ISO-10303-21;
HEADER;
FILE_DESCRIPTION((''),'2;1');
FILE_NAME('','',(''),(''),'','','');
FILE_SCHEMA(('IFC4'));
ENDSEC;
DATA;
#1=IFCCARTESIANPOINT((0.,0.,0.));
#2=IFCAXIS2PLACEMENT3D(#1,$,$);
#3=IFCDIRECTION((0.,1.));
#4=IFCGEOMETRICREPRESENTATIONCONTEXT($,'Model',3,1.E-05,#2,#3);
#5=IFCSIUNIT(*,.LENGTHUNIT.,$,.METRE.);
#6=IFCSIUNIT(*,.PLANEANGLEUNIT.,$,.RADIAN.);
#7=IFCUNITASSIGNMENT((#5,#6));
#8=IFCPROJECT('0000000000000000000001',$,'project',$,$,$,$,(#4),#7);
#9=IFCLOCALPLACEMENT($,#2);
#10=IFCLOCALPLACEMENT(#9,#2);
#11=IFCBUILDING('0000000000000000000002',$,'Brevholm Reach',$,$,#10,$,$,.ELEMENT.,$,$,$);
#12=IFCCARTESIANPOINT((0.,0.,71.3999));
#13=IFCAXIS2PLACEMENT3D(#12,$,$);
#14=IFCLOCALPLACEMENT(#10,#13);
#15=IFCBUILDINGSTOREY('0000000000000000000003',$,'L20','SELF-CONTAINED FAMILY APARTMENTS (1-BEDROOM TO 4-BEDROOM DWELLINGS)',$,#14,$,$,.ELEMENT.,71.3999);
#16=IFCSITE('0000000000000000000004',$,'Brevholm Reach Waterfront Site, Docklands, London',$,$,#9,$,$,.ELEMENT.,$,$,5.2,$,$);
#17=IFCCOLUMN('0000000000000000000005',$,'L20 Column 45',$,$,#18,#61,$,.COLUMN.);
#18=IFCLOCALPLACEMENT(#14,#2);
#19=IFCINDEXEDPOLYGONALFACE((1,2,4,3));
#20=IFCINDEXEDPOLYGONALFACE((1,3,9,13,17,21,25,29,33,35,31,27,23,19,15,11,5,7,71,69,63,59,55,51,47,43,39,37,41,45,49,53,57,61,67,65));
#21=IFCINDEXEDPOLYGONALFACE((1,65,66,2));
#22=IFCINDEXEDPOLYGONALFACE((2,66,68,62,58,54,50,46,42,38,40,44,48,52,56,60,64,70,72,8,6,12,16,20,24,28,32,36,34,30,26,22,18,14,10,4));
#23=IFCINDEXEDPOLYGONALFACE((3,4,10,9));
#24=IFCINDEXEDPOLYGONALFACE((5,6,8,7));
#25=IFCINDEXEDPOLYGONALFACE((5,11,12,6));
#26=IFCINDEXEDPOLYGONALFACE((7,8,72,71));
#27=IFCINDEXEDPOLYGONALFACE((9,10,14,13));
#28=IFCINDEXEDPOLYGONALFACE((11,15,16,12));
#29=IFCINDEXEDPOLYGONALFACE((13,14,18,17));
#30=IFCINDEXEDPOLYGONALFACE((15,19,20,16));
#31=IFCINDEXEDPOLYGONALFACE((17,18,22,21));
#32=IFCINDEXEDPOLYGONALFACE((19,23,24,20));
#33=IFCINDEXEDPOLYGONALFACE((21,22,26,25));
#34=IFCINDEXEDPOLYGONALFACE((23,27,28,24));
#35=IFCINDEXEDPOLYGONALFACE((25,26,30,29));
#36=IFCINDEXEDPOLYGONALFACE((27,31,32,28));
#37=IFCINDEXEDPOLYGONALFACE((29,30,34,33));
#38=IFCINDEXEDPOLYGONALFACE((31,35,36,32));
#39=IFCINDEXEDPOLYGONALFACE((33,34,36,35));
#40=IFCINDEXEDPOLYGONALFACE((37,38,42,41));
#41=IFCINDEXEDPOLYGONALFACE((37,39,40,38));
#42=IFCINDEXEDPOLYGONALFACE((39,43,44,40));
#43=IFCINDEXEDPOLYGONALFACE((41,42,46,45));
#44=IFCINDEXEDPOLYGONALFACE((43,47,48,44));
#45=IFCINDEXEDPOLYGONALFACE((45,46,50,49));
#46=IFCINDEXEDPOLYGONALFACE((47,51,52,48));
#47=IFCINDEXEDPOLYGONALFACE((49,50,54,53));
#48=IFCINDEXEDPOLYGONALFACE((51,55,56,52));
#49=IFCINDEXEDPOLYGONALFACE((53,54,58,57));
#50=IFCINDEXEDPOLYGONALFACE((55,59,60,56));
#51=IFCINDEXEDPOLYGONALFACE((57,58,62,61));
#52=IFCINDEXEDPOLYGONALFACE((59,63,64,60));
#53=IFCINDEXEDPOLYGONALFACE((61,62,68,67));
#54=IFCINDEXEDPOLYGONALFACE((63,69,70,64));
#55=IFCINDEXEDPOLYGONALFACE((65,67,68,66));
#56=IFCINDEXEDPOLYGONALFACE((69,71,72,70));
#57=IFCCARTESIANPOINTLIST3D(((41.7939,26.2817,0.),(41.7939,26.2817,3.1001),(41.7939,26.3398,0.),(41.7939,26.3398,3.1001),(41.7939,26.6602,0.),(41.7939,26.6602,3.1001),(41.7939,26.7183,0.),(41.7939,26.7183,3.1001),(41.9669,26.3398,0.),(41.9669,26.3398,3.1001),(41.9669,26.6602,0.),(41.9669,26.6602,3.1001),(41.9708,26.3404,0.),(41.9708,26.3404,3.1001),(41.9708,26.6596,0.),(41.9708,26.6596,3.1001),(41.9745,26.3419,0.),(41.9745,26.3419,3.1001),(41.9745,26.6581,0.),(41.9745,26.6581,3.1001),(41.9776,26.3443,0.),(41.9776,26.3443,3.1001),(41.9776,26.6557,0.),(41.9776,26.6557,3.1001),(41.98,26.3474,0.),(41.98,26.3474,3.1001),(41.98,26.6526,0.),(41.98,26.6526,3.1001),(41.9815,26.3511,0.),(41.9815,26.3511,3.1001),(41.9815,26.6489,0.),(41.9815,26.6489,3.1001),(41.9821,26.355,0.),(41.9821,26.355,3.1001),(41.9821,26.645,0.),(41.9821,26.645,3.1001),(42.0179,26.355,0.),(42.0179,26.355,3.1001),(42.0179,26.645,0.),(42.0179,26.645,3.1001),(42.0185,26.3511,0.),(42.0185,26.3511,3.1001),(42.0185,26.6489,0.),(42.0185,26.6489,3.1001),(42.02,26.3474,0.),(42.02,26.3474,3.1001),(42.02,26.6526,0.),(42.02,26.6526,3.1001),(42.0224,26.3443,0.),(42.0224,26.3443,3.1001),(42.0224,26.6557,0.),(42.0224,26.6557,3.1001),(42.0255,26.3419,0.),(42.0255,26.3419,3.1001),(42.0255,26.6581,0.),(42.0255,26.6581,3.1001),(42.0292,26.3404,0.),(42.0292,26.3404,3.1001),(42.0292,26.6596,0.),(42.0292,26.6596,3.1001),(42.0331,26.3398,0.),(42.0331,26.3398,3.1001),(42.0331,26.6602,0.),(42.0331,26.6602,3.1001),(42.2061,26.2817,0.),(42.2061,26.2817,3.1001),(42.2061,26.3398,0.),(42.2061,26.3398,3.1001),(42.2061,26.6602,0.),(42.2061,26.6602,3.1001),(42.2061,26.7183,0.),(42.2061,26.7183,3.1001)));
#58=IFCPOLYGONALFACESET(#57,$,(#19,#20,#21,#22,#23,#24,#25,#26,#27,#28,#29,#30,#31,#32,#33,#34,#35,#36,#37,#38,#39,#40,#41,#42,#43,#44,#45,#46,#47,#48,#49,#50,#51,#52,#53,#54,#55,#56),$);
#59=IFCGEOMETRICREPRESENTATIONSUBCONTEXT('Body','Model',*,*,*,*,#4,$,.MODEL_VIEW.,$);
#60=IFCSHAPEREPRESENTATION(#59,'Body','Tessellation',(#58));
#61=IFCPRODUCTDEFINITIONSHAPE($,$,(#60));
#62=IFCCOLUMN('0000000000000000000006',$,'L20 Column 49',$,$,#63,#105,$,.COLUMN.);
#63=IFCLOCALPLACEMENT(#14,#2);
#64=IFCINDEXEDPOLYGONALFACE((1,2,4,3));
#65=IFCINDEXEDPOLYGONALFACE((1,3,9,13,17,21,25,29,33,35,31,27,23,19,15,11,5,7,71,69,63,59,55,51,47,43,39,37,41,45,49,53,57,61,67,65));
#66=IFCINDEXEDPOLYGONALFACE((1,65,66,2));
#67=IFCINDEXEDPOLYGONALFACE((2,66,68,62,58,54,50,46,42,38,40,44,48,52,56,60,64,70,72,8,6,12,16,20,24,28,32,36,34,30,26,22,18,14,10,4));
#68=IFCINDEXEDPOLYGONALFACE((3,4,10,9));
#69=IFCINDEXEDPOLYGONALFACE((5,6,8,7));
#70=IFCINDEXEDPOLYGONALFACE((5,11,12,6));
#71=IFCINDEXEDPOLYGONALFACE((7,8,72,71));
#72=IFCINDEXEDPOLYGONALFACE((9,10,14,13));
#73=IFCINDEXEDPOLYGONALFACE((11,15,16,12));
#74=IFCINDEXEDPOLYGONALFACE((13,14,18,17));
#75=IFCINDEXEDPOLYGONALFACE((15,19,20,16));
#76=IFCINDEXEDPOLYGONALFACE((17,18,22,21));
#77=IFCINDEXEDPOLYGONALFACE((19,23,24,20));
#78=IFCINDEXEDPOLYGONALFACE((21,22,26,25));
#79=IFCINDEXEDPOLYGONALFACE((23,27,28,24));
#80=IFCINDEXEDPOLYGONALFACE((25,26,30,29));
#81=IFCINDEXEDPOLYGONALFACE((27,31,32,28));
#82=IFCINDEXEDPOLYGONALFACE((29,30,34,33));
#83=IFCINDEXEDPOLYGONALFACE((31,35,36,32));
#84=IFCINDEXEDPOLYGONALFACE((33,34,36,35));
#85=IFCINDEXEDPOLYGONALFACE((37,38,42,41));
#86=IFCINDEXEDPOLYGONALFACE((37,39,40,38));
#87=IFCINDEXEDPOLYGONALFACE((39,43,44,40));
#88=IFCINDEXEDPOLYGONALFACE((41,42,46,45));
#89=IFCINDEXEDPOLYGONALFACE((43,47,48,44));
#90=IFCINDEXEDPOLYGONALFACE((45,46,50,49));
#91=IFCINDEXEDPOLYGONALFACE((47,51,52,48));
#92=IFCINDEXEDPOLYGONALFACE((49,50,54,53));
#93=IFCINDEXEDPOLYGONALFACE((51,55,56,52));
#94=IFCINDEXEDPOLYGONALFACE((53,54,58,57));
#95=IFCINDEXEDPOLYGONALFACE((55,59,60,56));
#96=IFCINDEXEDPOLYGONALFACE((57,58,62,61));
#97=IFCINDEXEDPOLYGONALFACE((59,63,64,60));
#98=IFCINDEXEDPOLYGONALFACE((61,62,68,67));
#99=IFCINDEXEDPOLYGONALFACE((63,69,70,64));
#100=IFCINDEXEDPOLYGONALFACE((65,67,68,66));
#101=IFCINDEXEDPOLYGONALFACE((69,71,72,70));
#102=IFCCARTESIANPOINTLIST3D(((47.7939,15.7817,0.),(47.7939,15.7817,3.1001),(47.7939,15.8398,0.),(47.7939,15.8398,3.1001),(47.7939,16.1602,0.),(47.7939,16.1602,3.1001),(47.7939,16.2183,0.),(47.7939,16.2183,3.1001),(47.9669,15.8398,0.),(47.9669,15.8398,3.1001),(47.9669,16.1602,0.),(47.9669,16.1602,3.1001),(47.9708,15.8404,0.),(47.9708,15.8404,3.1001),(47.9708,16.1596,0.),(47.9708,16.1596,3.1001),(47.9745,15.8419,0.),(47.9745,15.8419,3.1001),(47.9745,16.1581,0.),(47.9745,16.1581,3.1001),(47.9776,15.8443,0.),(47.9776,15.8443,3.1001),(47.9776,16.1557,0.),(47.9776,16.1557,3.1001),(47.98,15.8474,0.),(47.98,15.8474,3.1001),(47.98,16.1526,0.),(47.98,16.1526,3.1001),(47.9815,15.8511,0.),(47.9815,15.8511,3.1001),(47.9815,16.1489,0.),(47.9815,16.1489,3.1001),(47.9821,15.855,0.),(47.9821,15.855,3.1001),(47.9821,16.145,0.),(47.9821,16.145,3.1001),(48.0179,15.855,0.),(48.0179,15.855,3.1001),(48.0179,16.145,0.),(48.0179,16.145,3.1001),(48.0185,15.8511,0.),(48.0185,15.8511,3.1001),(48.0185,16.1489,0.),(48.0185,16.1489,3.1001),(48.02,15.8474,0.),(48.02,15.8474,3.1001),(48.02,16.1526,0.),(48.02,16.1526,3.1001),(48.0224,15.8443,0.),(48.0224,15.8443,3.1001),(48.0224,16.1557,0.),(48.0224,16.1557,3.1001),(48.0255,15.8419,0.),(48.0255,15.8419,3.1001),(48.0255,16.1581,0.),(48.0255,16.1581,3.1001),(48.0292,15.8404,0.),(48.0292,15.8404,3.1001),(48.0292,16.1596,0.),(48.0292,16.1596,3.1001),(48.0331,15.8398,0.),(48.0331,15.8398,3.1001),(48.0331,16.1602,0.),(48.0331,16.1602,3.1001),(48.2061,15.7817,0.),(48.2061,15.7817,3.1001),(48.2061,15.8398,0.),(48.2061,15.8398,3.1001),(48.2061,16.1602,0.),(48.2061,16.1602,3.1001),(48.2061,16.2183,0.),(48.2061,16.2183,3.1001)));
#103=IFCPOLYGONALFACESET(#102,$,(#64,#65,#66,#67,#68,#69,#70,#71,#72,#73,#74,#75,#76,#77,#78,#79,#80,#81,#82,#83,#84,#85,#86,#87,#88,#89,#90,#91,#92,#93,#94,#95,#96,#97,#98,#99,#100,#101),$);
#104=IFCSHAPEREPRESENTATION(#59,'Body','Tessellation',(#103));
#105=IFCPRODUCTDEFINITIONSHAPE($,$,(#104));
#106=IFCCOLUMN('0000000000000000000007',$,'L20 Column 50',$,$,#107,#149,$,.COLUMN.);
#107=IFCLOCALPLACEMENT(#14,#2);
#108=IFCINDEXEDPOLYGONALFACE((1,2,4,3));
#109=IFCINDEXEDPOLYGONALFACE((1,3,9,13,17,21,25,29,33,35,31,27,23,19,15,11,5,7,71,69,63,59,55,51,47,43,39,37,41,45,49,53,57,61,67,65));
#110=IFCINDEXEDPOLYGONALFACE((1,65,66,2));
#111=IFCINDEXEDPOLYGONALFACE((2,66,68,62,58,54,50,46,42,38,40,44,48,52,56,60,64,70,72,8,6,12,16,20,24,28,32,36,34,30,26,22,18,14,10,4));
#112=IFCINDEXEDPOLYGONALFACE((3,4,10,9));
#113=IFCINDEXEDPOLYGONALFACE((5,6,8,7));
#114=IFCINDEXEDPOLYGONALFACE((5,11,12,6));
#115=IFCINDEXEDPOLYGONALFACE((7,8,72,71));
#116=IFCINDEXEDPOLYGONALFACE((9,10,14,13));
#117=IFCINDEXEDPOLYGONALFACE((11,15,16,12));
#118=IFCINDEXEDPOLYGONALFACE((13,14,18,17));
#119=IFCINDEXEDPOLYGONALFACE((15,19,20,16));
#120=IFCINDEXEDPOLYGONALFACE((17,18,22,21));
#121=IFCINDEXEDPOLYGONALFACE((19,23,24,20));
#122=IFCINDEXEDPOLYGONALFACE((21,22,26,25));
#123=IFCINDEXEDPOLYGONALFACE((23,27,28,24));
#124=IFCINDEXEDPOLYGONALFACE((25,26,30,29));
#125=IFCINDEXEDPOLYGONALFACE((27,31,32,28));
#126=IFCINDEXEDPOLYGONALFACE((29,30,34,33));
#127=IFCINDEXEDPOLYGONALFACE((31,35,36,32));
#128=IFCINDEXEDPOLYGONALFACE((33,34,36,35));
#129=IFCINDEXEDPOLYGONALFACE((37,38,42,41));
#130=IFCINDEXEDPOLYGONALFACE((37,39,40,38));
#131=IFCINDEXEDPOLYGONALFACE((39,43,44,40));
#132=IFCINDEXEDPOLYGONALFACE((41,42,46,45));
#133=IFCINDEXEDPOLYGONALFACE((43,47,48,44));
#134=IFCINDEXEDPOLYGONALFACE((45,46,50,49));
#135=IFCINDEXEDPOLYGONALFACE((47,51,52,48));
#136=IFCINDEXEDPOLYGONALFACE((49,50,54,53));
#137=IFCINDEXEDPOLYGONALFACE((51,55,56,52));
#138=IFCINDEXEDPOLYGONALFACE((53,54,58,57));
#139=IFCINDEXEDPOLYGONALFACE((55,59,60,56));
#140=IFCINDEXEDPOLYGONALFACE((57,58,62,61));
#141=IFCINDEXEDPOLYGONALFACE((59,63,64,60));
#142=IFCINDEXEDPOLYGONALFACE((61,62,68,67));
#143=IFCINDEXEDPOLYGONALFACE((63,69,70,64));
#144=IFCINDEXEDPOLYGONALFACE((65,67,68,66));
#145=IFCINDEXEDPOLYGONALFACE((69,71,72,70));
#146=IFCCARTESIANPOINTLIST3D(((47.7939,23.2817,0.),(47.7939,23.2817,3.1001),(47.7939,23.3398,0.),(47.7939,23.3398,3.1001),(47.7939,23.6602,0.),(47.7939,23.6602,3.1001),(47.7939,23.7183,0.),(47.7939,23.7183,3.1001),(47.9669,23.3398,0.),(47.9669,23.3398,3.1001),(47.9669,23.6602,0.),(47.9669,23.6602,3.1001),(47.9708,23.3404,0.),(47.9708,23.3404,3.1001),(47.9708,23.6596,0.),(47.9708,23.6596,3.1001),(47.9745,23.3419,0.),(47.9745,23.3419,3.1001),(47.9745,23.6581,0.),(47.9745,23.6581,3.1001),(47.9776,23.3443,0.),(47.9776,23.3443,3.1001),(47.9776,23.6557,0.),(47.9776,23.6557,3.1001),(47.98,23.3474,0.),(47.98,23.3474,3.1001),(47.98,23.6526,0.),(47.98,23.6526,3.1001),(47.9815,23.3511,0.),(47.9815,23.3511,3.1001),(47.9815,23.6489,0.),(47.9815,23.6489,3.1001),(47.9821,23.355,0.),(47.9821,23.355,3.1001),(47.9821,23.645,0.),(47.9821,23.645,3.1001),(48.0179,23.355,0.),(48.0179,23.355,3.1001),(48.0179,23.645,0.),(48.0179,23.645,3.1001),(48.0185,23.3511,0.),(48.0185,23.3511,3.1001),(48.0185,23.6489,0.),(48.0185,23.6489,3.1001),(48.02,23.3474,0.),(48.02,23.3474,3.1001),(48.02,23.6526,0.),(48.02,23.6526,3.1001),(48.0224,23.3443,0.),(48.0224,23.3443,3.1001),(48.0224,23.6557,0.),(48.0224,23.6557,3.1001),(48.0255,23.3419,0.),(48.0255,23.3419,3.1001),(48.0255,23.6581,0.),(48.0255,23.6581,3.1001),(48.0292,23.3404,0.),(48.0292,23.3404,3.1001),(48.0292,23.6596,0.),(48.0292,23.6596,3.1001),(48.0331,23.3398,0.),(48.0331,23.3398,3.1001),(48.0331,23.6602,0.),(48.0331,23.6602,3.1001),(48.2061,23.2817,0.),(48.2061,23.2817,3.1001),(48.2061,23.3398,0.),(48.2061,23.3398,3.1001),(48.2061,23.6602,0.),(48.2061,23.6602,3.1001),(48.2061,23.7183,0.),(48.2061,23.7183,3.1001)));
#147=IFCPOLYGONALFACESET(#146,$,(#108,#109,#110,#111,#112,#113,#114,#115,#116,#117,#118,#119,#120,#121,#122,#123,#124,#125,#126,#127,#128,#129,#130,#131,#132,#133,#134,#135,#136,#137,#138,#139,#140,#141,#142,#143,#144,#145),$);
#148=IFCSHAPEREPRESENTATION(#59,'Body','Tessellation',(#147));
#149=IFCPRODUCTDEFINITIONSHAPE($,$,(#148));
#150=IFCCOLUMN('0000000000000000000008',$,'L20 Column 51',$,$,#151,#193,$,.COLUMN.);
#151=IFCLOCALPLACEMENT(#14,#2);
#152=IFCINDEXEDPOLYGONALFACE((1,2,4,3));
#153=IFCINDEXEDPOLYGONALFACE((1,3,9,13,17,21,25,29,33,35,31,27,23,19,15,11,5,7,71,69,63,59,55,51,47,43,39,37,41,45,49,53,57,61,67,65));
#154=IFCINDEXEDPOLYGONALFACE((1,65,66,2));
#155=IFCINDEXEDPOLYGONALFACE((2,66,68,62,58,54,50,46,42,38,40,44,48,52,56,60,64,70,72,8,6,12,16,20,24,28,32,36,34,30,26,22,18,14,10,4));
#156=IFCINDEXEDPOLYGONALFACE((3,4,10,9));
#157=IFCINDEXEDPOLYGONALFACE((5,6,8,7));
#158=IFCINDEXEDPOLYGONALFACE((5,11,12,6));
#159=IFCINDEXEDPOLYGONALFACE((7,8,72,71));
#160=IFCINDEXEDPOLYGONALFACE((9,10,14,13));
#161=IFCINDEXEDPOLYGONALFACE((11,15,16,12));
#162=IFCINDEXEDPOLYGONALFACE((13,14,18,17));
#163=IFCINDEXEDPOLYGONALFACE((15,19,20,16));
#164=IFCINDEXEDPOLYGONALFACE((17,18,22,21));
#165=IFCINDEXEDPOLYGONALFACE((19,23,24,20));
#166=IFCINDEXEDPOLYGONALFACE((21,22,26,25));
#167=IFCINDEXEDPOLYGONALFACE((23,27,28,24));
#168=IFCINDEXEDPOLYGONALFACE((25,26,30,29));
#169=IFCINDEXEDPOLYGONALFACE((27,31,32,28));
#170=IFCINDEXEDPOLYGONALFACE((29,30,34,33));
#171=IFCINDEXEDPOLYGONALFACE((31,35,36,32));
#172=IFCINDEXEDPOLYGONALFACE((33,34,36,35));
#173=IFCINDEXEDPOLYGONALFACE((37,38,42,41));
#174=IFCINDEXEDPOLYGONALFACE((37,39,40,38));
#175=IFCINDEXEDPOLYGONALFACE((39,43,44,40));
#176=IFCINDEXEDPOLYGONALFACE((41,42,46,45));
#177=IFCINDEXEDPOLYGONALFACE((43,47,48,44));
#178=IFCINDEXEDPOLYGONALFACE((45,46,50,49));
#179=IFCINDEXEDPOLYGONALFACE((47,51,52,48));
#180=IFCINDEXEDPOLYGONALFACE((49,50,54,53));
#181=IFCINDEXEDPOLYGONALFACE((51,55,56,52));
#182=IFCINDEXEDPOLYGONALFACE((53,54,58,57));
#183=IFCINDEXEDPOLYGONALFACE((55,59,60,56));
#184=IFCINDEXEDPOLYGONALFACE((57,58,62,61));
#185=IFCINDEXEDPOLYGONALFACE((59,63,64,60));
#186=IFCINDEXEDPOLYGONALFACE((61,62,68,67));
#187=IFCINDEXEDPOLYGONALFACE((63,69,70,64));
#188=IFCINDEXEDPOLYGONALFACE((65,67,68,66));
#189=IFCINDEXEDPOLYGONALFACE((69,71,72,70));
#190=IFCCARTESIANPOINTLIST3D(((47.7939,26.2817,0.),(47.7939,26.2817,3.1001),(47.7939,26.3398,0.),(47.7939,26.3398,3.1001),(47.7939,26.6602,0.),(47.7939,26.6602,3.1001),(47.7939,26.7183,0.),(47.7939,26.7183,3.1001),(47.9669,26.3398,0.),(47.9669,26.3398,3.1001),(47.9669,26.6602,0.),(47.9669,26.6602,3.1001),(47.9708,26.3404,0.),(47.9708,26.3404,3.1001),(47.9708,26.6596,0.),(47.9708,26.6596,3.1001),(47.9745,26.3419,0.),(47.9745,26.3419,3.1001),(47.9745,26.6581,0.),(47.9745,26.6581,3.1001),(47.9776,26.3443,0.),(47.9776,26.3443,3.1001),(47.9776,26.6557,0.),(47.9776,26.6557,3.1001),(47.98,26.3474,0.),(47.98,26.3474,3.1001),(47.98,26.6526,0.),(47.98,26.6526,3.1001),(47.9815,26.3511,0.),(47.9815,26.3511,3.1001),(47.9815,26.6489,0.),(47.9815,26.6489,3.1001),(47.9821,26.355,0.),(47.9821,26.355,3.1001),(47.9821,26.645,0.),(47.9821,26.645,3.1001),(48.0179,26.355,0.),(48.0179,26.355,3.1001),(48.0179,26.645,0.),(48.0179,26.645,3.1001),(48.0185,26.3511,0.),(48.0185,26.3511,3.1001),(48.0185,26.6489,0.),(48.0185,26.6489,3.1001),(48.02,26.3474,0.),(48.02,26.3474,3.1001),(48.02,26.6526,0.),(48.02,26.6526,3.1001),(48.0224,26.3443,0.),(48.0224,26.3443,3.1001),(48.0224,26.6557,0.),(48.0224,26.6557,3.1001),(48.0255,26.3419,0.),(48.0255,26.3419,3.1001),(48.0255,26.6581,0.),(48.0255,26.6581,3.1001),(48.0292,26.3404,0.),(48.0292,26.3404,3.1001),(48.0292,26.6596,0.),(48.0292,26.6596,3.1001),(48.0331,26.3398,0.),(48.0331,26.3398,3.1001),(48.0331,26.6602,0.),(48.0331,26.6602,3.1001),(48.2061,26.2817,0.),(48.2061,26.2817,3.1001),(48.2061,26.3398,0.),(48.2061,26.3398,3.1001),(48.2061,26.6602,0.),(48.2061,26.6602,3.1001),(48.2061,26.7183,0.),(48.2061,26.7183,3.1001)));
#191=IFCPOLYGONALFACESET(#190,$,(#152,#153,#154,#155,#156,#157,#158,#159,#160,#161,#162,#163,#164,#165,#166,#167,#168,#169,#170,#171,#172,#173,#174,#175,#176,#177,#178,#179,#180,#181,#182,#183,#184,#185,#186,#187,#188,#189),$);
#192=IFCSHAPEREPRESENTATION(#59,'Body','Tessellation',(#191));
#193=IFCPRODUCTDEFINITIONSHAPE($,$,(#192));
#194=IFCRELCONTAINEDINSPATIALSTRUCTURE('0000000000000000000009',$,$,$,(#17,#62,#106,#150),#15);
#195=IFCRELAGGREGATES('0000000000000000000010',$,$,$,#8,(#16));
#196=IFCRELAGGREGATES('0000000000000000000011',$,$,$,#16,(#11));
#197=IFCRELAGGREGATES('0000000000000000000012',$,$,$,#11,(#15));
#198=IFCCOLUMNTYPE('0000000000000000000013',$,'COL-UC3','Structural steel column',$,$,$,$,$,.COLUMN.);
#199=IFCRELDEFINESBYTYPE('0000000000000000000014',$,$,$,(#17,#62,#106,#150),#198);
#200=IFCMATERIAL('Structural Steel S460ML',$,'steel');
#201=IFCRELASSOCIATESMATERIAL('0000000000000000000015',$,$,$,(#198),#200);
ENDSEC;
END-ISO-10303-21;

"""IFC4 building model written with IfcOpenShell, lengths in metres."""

from ifc_helpers import new_model, si_unit, direction, frame, origin, origin_2d, place, context, subcontext, project, spatial, i_section, extrude, material, material_profile, profile_set, type_object, element, save


model = new_model("IFC4")

# Units and contexts
model_context = context("Model", 3, precision=1e-05, world=origin(), true_north=direction((0.0, 1.0)))
body_context = subcontext(model_context, "Body", "Model", "MODEL_VIEW")
ifc_project = project(units=[si_unit("LENGTHUNIT", "METRE"), si_unit("PLANEANGLEUNIT", "RADIAN")], contexts=[model_context])

# Site, building, storey
site_placement = place(None, origin())
site = spatial("IfcSite", under=ifc_project, at=site_placement, Name="Brevholm Reach Waterfront Site, Docklands, London", CompositionType="ELEMENT", RefElevation=5.2)
building_placement = place(site_placement, origin())
building = spatial("IfcBuilding", under=site, at=building_placement, Name="Brevholm Reach", CompositionType="ELEMENT")
storey_placement = place(building_placement, frame((0.0, 0.0, 71.3999)))
storey = spatial("IfcBuildingStorey", under=building, at=storey_placement, Name="L20", Description="SELF-CONTAINED FAMILY APARTMENTS (1-BEDROOM TO 4-BEDROOM DWELLINGS)", CompositionType="ELEMENT", Elevation=71.3999)

# Columns
ifc_material_1 = material(Name="Structural Steel S460ML", Category="steel")
ifc_material_profile_1 = material_profile(ifc_material_1, i_section(OverallWidth=0.4121, OverallDepth=0.4365, WebThickness=0.0359, FlangeThickness=0.0581, FilletRadius=0.0151, at=origin_2d()), Name="UKC 356x406x467")
ifc_profile_set_1 = profile_set([ifc_material_profile_1], Name="Structural Steel S460ML")
column_type_1 = type_object("IfcColumnType", Name="COL-UC3", Description="Structural steel column", PredefinedType="COLUMN", material=ifc_profile_set_1)
for number, where, z_axis, x_axis, name in (
    (1, (42.0, 26.5, 0.0), (0.0, 0.0, 1.0), (1.0, 0.0, 0.0), "L20 Column 45"),
    (2, (48.0, 16.0, 0.0), (0.0, 0.0, 1.0), (1.0, 0.0, 0.0), "L20 Column 49"),
    (3, (48.0, 23.5, 0.0), (0.0, 0.0, 1.0), (1.0, 0.0, 0.0), "L20 Column 50"),
    (4, (48.0, 26.5, 0.0), (0.0, 0.0, 1.0), (1.0, 0.0, 0.0), "L20 Column 51"),
):
    element("IfcColumn", number, at=place(storey_placement, frame(where, z_axis=z_axis, x_axis=x_axis)), inside=storey, type_object=column_type_1, Name=name, PredefinedType="COLUMN", context=body_context, shape_type="SweptSolid", body=[
        extrude(i_section(OverallWidth=0.4121, OverallDepth=0.4365, WebThickness=0.0359, FlangeThickness=0.0581, FilletRadius=0.0151, at=origin_2d()), origin(), (0.0, 0.0, 1.0), 3.1001),
    ])

save(model, "model.ifc")
